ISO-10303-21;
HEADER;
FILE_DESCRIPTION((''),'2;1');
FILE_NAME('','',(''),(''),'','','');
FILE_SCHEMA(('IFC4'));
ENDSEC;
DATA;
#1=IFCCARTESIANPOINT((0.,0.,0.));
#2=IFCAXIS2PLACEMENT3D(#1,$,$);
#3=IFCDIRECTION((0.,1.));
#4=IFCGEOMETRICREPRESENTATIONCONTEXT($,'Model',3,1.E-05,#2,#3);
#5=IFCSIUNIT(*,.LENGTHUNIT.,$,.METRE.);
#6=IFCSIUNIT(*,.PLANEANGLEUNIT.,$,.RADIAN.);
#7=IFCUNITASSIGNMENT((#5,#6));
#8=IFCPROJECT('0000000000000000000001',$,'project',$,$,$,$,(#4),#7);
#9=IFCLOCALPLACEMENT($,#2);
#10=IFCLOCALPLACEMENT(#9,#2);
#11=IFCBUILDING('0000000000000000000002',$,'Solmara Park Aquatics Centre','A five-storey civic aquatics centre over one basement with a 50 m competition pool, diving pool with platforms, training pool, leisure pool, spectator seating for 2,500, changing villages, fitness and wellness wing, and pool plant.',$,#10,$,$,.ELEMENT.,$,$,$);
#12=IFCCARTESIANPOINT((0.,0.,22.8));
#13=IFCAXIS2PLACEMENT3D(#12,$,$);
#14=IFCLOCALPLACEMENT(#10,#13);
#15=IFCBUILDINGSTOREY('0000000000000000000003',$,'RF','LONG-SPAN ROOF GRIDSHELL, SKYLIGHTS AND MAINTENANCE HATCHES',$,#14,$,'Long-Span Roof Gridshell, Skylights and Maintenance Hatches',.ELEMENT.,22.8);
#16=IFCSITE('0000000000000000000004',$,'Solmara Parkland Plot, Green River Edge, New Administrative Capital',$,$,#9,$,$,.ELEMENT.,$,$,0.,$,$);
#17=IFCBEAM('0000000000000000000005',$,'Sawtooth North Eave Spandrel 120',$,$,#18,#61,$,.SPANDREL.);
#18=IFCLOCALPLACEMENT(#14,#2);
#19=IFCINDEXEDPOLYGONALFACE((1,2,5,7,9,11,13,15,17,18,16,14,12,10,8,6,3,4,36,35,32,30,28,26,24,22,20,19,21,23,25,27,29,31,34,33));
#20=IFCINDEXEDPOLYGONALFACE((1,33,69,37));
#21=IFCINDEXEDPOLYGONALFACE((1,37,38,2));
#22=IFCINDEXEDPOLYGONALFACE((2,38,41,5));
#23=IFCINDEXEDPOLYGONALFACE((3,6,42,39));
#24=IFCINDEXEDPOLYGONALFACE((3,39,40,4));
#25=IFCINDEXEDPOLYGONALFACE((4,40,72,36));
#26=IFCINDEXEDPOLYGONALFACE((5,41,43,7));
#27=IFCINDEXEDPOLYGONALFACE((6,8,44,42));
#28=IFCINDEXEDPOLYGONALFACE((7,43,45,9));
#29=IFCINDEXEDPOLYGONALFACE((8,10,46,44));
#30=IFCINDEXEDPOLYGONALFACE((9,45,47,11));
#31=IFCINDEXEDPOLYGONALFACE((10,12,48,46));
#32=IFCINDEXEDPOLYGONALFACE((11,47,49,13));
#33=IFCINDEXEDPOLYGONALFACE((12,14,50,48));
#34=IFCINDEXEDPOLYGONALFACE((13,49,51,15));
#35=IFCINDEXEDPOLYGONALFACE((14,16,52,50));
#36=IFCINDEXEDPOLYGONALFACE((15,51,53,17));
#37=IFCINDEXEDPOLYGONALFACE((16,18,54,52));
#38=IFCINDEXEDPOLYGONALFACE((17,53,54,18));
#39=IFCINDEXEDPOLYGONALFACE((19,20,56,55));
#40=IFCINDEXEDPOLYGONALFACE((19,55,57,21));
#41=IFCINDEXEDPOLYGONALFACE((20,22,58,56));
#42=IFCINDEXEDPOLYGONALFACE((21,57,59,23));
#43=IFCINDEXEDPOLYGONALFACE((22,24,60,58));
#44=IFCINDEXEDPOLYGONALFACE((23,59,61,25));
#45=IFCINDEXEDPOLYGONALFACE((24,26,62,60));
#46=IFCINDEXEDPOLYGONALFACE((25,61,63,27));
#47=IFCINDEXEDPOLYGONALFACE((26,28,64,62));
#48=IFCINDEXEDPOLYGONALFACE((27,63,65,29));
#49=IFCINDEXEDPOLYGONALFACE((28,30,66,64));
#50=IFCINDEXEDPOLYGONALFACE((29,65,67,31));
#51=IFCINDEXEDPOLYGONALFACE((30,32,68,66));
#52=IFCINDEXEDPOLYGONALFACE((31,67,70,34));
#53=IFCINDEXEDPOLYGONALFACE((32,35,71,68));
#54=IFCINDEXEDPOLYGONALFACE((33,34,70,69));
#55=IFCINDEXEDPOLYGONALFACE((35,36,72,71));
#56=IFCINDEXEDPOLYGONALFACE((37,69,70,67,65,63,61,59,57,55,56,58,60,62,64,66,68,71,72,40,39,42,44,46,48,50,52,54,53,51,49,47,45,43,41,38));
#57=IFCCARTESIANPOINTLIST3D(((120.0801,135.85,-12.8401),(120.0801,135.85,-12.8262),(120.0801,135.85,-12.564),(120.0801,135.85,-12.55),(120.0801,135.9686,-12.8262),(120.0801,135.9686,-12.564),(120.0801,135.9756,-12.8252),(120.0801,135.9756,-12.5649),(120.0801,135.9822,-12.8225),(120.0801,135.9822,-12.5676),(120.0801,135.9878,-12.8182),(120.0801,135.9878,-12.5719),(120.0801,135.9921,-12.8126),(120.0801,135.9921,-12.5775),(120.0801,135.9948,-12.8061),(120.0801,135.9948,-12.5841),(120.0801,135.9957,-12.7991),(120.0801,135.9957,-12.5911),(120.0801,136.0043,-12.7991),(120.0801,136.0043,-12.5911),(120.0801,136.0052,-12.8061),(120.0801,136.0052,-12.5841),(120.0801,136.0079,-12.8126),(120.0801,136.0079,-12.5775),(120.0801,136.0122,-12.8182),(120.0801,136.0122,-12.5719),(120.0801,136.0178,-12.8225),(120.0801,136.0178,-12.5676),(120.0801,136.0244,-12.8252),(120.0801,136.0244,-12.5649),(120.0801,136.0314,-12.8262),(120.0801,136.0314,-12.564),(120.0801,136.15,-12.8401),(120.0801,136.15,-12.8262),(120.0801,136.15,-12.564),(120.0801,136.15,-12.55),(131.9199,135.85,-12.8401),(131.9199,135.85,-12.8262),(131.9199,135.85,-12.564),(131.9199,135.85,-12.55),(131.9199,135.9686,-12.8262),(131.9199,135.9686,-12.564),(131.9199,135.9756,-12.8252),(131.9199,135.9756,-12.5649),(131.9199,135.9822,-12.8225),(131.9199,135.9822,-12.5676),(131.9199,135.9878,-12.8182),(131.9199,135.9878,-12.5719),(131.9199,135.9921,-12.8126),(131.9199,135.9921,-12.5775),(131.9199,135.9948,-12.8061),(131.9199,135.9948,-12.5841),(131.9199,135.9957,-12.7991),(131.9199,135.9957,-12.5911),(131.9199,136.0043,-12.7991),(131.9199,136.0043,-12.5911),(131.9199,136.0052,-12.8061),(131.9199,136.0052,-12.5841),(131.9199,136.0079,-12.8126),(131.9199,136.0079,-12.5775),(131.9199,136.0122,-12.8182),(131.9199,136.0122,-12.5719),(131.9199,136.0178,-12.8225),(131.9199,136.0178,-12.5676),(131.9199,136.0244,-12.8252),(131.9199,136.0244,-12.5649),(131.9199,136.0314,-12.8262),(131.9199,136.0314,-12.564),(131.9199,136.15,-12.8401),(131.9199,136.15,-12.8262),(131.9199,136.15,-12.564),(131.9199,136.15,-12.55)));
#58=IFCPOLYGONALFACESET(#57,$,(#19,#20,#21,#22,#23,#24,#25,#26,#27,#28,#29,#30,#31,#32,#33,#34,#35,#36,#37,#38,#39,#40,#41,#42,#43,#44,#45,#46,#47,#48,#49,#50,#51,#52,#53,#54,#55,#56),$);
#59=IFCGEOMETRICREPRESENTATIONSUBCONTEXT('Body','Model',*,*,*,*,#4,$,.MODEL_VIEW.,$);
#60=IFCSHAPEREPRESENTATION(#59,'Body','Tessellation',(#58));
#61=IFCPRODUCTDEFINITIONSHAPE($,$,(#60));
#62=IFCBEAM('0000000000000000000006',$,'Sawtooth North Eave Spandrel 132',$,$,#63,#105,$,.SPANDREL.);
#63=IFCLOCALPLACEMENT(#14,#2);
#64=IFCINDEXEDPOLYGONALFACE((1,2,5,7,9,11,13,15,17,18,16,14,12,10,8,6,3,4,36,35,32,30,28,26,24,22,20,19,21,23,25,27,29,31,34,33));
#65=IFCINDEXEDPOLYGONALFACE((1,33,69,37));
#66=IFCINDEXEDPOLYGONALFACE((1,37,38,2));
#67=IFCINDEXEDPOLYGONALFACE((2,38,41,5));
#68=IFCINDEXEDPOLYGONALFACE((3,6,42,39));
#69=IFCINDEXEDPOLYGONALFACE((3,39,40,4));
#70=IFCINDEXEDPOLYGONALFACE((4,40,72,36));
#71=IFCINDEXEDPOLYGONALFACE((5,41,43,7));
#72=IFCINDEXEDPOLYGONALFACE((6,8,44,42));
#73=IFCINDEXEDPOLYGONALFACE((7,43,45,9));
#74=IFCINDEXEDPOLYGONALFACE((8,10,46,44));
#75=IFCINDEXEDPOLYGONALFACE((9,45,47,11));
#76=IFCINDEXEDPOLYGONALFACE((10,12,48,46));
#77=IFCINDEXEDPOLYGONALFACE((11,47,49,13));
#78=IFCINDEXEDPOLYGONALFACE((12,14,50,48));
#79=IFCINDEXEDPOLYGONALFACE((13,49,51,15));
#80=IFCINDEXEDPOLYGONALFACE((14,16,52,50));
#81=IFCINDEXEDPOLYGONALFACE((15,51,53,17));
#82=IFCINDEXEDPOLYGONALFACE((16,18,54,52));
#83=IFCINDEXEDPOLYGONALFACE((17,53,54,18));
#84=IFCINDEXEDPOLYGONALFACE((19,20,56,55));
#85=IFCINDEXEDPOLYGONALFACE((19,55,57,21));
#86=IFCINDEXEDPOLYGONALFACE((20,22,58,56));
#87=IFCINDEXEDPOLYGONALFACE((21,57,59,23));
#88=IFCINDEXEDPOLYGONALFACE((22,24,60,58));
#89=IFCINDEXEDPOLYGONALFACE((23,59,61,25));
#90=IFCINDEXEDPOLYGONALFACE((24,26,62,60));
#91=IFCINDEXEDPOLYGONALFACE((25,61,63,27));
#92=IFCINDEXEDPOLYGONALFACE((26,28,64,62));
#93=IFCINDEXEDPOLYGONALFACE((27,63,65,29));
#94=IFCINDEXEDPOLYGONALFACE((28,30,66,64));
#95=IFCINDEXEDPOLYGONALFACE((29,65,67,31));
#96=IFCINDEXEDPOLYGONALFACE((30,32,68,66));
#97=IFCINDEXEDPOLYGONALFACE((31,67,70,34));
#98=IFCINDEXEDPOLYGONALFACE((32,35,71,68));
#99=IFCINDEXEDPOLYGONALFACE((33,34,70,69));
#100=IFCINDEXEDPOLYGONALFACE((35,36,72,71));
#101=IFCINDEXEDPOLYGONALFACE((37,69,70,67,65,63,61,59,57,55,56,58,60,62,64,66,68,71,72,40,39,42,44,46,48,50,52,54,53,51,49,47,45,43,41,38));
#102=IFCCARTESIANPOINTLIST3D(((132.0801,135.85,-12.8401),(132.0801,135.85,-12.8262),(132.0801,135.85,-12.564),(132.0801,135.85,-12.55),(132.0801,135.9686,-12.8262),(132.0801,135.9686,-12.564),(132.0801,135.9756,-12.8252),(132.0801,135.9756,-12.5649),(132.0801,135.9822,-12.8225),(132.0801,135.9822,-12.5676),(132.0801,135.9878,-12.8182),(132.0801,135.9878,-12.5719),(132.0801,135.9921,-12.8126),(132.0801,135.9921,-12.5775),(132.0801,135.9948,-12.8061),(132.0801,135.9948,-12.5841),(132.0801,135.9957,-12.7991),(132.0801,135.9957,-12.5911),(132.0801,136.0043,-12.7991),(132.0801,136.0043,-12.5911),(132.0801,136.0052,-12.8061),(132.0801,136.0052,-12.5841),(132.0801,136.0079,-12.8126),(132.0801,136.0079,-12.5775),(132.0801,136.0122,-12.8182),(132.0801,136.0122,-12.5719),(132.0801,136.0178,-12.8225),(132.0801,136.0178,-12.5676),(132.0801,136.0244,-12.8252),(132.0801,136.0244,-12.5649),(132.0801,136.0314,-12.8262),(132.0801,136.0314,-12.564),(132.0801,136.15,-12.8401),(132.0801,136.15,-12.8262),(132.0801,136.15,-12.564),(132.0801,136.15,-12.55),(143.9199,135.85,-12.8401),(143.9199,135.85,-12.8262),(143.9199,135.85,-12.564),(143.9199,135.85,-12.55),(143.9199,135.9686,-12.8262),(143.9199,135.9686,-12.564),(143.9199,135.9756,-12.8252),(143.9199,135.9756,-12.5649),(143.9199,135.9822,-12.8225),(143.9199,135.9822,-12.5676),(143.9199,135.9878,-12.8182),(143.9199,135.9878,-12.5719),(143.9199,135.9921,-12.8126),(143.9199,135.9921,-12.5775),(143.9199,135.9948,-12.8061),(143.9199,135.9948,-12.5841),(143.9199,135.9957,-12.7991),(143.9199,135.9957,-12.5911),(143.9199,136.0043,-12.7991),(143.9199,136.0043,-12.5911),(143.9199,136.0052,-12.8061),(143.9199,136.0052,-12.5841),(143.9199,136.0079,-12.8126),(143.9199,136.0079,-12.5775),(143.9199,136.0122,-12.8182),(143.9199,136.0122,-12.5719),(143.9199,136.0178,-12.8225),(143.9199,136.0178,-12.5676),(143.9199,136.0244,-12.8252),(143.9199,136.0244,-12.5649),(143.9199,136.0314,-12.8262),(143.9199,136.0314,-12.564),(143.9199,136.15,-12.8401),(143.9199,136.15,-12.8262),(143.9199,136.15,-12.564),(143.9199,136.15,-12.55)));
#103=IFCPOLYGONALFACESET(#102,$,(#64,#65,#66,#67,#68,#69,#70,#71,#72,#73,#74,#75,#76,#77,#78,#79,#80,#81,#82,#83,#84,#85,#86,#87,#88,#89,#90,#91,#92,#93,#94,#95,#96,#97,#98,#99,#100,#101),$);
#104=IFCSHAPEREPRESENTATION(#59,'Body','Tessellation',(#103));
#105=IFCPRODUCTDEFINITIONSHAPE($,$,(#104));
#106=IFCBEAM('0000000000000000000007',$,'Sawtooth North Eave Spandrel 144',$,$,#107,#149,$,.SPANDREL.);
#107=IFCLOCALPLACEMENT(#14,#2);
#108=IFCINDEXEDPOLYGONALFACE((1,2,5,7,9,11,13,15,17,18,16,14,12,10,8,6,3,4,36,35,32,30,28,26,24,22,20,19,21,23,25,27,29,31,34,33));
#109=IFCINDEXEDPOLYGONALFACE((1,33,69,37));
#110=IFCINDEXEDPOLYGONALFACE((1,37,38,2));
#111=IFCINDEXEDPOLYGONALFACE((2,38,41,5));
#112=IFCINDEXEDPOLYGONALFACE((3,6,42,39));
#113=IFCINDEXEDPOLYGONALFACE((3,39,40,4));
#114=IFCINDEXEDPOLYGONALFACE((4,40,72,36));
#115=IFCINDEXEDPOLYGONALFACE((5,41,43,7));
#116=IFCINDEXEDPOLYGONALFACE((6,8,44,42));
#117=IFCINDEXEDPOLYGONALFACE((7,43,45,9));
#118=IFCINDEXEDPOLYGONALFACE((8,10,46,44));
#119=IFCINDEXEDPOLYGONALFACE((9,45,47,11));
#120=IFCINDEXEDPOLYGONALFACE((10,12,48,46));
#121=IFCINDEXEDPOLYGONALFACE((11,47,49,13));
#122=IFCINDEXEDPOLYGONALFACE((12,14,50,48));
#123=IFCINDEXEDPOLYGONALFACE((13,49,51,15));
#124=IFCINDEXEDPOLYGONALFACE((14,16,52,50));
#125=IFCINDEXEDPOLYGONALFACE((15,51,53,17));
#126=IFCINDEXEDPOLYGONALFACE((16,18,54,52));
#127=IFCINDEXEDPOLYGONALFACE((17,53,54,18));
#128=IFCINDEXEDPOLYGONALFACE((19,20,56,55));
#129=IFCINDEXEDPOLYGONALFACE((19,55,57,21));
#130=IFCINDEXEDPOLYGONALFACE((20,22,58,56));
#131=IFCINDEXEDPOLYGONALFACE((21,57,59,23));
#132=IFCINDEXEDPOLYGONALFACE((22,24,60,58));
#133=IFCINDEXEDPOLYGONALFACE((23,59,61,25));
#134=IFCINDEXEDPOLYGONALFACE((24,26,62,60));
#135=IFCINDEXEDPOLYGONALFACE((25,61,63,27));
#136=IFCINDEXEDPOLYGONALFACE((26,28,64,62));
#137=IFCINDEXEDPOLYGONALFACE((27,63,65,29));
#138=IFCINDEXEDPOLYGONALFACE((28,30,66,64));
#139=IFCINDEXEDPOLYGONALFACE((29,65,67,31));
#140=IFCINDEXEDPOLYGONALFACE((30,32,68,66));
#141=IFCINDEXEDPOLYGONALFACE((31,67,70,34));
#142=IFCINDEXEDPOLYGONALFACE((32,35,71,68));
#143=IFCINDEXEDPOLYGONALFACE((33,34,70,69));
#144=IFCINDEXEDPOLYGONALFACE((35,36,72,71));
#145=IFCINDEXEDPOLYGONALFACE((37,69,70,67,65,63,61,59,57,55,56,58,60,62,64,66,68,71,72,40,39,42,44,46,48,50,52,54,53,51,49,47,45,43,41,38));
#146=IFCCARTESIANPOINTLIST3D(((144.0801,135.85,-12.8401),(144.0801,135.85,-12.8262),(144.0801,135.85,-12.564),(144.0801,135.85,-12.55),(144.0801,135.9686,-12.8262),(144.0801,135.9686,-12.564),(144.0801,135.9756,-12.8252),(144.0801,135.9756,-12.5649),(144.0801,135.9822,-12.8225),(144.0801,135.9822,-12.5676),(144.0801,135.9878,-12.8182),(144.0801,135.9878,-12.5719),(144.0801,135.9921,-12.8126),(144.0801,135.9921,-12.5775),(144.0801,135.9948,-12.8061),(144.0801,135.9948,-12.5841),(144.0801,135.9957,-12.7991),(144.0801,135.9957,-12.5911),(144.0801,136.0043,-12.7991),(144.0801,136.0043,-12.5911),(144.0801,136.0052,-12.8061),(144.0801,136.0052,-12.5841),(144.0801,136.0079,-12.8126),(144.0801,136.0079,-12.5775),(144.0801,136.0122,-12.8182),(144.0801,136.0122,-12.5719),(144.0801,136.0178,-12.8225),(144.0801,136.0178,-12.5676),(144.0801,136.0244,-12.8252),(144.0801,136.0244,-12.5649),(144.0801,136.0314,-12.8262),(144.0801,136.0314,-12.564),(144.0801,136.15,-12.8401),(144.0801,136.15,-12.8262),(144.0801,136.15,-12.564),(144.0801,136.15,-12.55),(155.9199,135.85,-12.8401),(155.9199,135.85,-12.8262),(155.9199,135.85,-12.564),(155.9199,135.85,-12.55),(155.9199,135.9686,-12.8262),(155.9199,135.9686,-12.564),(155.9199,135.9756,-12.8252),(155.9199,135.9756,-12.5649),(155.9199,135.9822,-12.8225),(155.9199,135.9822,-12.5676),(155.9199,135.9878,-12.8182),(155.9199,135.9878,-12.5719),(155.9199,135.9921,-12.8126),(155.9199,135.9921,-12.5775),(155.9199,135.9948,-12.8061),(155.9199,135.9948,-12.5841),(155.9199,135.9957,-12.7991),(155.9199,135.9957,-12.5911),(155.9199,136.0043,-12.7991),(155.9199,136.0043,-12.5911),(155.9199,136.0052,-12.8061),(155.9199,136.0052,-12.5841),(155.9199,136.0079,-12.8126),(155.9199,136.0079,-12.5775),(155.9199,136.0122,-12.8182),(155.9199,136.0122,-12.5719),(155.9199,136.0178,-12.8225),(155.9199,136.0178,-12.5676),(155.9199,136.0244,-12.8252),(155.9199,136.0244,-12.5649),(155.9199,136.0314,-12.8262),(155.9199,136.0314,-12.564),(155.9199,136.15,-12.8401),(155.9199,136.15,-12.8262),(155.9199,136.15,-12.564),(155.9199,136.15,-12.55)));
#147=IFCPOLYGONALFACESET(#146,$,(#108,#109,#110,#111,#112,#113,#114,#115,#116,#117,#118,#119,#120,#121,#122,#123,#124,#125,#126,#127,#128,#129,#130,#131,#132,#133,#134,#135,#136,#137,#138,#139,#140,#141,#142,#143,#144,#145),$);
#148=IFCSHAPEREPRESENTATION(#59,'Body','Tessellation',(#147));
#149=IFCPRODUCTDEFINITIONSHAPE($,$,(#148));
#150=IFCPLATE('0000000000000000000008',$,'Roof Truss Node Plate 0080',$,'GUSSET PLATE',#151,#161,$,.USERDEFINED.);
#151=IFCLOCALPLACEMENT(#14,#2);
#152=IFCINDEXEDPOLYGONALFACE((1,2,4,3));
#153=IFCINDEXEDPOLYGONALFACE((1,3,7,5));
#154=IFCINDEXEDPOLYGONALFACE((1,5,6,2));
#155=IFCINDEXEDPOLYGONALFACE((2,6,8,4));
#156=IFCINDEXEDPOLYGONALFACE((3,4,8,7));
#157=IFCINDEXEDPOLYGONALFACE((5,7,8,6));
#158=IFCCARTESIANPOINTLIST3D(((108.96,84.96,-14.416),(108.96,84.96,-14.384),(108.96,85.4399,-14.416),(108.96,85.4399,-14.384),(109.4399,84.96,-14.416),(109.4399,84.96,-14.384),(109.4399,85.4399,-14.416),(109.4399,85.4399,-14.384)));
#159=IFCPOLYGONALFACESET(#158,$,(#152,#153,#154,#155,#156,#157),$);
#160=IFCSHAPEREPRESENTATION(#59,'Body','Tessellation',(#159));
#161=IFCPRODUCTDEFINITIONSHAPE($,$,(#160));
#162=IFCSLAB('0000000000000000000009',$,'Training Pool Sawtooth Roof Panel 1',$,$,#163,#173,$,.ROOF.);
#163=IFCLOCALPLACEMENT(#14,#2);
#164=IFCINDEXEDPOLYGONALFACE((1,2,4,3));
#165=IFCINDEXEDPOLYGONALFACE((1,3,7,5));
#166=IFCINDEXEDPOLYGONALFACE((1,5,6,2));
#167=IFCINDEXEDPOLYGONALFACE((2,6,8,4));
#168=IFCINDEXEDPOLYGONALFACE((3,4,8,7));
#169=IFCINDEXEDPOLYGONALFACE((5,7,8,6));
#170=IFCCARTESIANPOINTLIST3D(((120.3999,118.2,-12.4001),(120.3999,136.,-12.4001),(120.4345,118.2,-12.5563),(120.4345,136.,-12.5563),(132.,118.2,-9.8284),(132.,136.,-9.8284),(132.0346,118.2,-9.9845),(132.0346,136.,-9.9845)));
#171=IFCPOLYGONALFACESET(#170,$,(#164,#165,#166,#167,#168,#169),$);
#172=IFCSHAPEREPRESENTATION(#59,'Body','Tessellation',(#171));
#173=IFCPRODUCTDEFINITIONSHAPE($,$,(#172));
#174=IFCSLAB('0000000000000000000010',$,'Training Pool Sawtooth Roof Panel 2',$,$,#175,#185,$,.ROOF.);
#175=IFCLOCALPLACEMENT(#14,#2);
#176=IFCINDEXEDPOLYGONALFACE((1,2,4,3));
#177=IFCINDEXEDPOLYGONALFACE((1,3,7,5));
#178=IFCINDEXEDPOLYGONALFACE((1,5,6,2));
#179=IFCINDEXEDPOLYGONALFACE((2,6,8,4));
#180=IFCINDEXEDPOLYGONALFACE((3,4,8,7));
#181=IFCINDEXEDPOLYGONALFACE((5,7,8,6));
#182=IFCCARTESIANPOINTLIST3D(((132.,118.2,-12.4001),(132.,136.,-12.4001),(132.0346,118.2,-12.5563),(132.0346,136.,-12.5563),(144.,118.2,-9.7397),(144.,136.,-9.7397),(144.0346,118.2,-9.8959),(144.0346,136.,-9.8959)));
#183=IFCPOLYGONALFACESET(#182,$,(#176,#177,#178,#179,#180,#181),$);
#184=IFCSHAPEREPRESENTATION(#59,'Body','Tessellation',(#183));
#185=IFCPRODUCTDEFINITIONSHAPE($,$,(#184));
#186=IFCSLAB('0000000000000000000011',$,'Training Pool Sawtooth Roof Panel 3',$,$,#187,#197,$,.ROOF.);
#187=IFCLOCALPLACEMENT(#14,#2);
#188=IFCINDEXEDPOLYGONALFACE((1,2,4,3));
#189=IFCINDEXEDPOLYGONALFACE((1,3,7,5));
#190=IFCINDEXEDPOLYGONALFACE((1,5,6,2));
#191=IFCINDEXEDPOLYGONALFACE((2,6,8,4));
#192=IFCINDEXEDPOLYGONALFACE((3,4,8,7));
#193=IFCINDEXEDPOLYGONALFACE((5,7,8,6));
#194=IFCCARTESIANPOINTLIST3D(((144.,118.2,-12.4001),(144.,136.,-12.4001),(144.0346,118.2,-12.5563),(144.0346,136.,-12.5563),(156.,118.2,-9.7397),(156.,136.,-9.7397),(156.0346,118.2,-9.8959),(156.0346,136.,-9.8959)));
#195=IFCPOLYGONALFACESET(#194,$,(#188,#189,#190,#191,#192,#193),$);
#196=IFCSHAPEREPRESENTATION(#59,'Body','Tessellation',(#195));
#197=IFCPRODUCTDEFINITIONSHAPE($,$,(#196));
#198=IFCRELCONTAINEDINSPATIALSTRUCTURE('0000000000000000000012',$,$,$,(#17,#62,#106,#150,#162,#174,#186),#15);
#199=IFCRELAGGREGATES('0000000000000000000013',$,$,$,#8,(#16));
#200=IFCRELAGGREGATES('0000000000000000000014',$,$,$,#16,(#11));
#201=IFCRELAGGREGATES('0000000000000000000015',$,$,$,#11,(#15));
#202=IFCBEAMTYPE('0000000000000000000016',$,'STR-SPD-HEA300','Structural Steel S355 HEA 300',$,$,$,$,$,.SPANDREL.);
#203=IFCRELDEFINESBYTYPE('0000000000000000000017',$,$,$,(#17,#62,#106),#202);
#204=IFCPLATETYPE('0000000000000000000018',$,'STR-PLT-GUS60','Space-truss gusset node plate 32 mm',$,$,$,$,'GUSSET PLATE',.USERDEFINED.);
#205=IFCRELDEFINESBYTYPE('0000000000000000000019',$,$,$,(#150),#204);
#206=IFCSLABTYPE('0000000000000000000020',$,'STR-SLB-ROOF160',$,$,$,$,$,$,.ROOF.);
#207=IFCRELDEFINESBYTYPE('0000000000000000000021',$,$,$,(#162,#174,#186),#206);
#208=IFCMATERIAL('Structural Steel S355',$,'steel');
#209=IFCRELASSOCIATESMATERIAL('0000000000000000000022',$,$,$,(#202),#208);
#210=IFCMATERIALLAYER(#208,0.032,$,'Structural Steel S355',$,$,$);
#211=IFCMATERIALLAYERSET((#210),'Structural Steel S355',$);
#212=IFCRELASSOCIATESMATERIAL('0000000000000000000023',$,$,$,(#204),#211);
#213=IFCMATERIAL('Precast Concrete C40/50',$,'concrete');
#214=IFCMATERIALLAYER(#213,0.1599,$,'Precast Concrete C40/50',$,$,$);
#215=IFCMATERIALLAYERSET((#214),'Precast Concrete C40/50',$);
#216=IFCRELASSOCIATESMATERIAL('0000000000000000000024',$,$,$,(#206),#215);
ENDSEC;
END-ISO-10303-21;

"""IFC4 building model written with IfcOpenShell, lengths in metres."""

from ifc_helpers import new_model, si_unit, direction, frame, origin, origin_2d, place, context, subcontext, project, spatial, polyline, rectangle, i_section, outline, extrude, material, layer, layer_set, material_profile, profile_set, type_object, element, save


model = new_model("IFC4")

# Units and contexts
model_context = context("Model", 3, precision=1e-05, world=origin(), true_north=direction((0.0, 1.0)))
body_context = subcontext(model_context, "Body", "Model", "MODEL_VIEW")
ifc_project = project(units=[si_unit("LENGTHUNIT", "METRE"), si_unit("PLANEANGLEUNIT", "RADIAN")], contexts=[model_context])

# Site, building, storey
site_placement = place(None, origin())
site = spatial("IfcSite", under=ifc_project, at=site_placement, Name="Solmara Parkland Plot, Green River Edge, New Administrative Capital", CompositionType="ELEMENT", RefElevation=0.0)
building_placement = place(site_placement, origin())
building = spatial("IfcBuilding", under=site, at=building_placement, Name="Solmara Park Aquatics Centre", Description="A five-storey civic aquatics centre over one basement with a 50 m competition pool, diving pool with platforms, training pool, leisure pool, spectator seating for 2,500, changing villages, fitness and wellness wing, and pool plant.", CompositionType="ELEMENT")
storey_placement = place(building_placement, frame((0.0, 0.0, 22.8)))
storey = spatial("IfcBuildingStorey", under=building, at=storey_placement, Name="RF", Description="LONG-SPAN ROOF GRIDSHELL, SKYLIGHTS AND MAINTENANCE HATCHES", LongName="Long-Span Roof Gridshell, Skylights and Maintenance Hatches", CompositionType="ELEMENT", Elevation=22.8)

# Shared definitions
ifc_material_1 = material(Name="Structural Steel S355", Category="steel")

# Beams
ifc_material_profile_1 = material_profile(ifc_material_1, i_section(OverallWidth=0.3, OverallDepth=0.29, WebThickness=0.0085, FlangeThickness=0.0139, FilletRadius=0.0271, at=origin_2d()), Name="HEA 300")
ifc_profile_set_1 = profile_set([ifc_material_profile_1], Name="Structural Steel S355")
beam_type_1 = type_object("IfcBeamType", Name="STR-SPD-HEA300", Description="Structural Steel S355 HEA 300", PredefinedType="SPANDREL", material=ifc_profile_set_1)
for number, where, z_axis, x_axis, name in (
    (1, (120.0801, 136.0, -12.6951), (1.0, 0.0, 0.0), (0.0, 1.0, 0.0), "Sawtooth North Eave Spandrel 120"),
    (2, (132.0801, 136.0, -12.6951), (1.0, 0.0, 0.0), (0.0, 1.0, 0.0), "Sawtooth North Eave Spandrel 132"),
    (3, (144.0801, 136.0, -12.6951), (1.0, 0.0, 0.0), (0.0, 1.0, 0.0), "Sawtooth North Eave Spandrel 144"),
):
    element("IfcBeam", number, at=place(storey_placement, frame(where, z_axis=z_axis, x_axis=x_axis)), inside=storey, type_object=beam_type_1, Name=name, PredefinedType="SPANDREL", context=body_context, shape_type="SweptSolid", body=[
        extrude(i_section(OverallWidth=0.3, OverallDepth=0.29, WebThickness=0.0085, FlangeThickness=0.0139, FilletRadius=0.0271, at=origin_2d()), origin(), (0.0, 0.0, 1.0), 11.8398),
    ])

# Plate
ifc_layer_1 = layer(ifc_material_1, 0.032, Name="Structural Steel S355")
ifc_layer_set_1 = layer_set([ifc_layer_1], Name="Structural Steel S355")
plate_type = type_object("IfcPlateType", Name="STR-PLT-GUS60", Description="Space-truss gusset node plate 32 mm", ElementType="GUSSET PLATE", PredefinedType="USERDEFINED", material=ifc_layer_set_1)
plate_placement = place(storey_placement, frame((109.2, 85.2, -14.416), z_axis=(0.0, 0.0, 1.0), x_axis=(1.0, 0.0, 0.0)))
element("IfcPlate", 4, at=plate_placement, inside=storey, type_object=plate_type, Name="Roof Truss Node Plate 0080", ObjectType="GUSSET PLATE", PredefinedType="USERDEFINED", context=body_context, shape_type="SweptSolid", body=[
    extrude(rectangle(XDim=0.48, YDim=0.48, at=origin_2d()), origin(), (0.0, 0.0, 1.0), 0.032),
])

# Slabs
ifc_material_2 = material(Name="Precast Concrete C40/50", Category="concrete")
ifc_layer_2 = layer(ifc_material_2, 0.1599, Name="Precast Concrete C40/50")
ifc_layer_set_2 = layer_set([ifc_layer_2], Name="Precast Concrete C40/50")
slab_type = type_object("IfcSlabType", Name="STR-SLB-ROOF160", PredefinedType="ROOF", material=ifc_layer_set_2)
slab_placement = place(storey_placement, frame((120.3999, 118.2, -12.4001), z_axis=(-0.216447, 0.0, 0.976294), x_axis=(0.976294, 0.0, 0.216447)))
element("IfcSlab", 5, at=slab_placement, inside=storey, type_object=slab_type, Name="Training Pool Sawtooth Roof Panel 1", PredefinedType="ROOF", context=body_context, shape_type="SweptSolid", body=[
    extrude(outline(polyline([(0.0, 0.0), (11.8818, 0.0), (11.8818, 17.8), (0.0, 17.8), (0.0, 0.0)])), origin(), (0.0, 0.0, -1.0), 0.1599),
])
for number, where, z_axis, x_axis, name in (
    (6, (132.0, 118.2, -12.4001), (-0.216445, 0.0, 0.976295), (0.976295, 0.0, 0.216445), "Training Pool Sawtooth Roof Panel 2"),
    (7, (144.0, 118.2, -12.4001), (-0.216445, 0.0, 0.976295), (0.976295, 0.0, 0.216445), "Training Pool Sawtooth Roof Panel 3"),
):
    element("IfcSlab", number, at=place(storey_placement, frame(where, z_axis=z_axis, x_axis=x_axis)), inside=storey, type_object=slab_type, Name=name, PredefinedType="ROOF", context=body_context, shape_type="SweptSolid", body=[
        extrude(outline(polyline([(0.0, 0.0), (12.2914, 0.0), (12.2914, 17.8), (0.0, 17.8), (0.0, 0.0)])), origin(), (0.0, 0.0, -1.0), 0.1599),
    ])

save(model, "model.ifc")
